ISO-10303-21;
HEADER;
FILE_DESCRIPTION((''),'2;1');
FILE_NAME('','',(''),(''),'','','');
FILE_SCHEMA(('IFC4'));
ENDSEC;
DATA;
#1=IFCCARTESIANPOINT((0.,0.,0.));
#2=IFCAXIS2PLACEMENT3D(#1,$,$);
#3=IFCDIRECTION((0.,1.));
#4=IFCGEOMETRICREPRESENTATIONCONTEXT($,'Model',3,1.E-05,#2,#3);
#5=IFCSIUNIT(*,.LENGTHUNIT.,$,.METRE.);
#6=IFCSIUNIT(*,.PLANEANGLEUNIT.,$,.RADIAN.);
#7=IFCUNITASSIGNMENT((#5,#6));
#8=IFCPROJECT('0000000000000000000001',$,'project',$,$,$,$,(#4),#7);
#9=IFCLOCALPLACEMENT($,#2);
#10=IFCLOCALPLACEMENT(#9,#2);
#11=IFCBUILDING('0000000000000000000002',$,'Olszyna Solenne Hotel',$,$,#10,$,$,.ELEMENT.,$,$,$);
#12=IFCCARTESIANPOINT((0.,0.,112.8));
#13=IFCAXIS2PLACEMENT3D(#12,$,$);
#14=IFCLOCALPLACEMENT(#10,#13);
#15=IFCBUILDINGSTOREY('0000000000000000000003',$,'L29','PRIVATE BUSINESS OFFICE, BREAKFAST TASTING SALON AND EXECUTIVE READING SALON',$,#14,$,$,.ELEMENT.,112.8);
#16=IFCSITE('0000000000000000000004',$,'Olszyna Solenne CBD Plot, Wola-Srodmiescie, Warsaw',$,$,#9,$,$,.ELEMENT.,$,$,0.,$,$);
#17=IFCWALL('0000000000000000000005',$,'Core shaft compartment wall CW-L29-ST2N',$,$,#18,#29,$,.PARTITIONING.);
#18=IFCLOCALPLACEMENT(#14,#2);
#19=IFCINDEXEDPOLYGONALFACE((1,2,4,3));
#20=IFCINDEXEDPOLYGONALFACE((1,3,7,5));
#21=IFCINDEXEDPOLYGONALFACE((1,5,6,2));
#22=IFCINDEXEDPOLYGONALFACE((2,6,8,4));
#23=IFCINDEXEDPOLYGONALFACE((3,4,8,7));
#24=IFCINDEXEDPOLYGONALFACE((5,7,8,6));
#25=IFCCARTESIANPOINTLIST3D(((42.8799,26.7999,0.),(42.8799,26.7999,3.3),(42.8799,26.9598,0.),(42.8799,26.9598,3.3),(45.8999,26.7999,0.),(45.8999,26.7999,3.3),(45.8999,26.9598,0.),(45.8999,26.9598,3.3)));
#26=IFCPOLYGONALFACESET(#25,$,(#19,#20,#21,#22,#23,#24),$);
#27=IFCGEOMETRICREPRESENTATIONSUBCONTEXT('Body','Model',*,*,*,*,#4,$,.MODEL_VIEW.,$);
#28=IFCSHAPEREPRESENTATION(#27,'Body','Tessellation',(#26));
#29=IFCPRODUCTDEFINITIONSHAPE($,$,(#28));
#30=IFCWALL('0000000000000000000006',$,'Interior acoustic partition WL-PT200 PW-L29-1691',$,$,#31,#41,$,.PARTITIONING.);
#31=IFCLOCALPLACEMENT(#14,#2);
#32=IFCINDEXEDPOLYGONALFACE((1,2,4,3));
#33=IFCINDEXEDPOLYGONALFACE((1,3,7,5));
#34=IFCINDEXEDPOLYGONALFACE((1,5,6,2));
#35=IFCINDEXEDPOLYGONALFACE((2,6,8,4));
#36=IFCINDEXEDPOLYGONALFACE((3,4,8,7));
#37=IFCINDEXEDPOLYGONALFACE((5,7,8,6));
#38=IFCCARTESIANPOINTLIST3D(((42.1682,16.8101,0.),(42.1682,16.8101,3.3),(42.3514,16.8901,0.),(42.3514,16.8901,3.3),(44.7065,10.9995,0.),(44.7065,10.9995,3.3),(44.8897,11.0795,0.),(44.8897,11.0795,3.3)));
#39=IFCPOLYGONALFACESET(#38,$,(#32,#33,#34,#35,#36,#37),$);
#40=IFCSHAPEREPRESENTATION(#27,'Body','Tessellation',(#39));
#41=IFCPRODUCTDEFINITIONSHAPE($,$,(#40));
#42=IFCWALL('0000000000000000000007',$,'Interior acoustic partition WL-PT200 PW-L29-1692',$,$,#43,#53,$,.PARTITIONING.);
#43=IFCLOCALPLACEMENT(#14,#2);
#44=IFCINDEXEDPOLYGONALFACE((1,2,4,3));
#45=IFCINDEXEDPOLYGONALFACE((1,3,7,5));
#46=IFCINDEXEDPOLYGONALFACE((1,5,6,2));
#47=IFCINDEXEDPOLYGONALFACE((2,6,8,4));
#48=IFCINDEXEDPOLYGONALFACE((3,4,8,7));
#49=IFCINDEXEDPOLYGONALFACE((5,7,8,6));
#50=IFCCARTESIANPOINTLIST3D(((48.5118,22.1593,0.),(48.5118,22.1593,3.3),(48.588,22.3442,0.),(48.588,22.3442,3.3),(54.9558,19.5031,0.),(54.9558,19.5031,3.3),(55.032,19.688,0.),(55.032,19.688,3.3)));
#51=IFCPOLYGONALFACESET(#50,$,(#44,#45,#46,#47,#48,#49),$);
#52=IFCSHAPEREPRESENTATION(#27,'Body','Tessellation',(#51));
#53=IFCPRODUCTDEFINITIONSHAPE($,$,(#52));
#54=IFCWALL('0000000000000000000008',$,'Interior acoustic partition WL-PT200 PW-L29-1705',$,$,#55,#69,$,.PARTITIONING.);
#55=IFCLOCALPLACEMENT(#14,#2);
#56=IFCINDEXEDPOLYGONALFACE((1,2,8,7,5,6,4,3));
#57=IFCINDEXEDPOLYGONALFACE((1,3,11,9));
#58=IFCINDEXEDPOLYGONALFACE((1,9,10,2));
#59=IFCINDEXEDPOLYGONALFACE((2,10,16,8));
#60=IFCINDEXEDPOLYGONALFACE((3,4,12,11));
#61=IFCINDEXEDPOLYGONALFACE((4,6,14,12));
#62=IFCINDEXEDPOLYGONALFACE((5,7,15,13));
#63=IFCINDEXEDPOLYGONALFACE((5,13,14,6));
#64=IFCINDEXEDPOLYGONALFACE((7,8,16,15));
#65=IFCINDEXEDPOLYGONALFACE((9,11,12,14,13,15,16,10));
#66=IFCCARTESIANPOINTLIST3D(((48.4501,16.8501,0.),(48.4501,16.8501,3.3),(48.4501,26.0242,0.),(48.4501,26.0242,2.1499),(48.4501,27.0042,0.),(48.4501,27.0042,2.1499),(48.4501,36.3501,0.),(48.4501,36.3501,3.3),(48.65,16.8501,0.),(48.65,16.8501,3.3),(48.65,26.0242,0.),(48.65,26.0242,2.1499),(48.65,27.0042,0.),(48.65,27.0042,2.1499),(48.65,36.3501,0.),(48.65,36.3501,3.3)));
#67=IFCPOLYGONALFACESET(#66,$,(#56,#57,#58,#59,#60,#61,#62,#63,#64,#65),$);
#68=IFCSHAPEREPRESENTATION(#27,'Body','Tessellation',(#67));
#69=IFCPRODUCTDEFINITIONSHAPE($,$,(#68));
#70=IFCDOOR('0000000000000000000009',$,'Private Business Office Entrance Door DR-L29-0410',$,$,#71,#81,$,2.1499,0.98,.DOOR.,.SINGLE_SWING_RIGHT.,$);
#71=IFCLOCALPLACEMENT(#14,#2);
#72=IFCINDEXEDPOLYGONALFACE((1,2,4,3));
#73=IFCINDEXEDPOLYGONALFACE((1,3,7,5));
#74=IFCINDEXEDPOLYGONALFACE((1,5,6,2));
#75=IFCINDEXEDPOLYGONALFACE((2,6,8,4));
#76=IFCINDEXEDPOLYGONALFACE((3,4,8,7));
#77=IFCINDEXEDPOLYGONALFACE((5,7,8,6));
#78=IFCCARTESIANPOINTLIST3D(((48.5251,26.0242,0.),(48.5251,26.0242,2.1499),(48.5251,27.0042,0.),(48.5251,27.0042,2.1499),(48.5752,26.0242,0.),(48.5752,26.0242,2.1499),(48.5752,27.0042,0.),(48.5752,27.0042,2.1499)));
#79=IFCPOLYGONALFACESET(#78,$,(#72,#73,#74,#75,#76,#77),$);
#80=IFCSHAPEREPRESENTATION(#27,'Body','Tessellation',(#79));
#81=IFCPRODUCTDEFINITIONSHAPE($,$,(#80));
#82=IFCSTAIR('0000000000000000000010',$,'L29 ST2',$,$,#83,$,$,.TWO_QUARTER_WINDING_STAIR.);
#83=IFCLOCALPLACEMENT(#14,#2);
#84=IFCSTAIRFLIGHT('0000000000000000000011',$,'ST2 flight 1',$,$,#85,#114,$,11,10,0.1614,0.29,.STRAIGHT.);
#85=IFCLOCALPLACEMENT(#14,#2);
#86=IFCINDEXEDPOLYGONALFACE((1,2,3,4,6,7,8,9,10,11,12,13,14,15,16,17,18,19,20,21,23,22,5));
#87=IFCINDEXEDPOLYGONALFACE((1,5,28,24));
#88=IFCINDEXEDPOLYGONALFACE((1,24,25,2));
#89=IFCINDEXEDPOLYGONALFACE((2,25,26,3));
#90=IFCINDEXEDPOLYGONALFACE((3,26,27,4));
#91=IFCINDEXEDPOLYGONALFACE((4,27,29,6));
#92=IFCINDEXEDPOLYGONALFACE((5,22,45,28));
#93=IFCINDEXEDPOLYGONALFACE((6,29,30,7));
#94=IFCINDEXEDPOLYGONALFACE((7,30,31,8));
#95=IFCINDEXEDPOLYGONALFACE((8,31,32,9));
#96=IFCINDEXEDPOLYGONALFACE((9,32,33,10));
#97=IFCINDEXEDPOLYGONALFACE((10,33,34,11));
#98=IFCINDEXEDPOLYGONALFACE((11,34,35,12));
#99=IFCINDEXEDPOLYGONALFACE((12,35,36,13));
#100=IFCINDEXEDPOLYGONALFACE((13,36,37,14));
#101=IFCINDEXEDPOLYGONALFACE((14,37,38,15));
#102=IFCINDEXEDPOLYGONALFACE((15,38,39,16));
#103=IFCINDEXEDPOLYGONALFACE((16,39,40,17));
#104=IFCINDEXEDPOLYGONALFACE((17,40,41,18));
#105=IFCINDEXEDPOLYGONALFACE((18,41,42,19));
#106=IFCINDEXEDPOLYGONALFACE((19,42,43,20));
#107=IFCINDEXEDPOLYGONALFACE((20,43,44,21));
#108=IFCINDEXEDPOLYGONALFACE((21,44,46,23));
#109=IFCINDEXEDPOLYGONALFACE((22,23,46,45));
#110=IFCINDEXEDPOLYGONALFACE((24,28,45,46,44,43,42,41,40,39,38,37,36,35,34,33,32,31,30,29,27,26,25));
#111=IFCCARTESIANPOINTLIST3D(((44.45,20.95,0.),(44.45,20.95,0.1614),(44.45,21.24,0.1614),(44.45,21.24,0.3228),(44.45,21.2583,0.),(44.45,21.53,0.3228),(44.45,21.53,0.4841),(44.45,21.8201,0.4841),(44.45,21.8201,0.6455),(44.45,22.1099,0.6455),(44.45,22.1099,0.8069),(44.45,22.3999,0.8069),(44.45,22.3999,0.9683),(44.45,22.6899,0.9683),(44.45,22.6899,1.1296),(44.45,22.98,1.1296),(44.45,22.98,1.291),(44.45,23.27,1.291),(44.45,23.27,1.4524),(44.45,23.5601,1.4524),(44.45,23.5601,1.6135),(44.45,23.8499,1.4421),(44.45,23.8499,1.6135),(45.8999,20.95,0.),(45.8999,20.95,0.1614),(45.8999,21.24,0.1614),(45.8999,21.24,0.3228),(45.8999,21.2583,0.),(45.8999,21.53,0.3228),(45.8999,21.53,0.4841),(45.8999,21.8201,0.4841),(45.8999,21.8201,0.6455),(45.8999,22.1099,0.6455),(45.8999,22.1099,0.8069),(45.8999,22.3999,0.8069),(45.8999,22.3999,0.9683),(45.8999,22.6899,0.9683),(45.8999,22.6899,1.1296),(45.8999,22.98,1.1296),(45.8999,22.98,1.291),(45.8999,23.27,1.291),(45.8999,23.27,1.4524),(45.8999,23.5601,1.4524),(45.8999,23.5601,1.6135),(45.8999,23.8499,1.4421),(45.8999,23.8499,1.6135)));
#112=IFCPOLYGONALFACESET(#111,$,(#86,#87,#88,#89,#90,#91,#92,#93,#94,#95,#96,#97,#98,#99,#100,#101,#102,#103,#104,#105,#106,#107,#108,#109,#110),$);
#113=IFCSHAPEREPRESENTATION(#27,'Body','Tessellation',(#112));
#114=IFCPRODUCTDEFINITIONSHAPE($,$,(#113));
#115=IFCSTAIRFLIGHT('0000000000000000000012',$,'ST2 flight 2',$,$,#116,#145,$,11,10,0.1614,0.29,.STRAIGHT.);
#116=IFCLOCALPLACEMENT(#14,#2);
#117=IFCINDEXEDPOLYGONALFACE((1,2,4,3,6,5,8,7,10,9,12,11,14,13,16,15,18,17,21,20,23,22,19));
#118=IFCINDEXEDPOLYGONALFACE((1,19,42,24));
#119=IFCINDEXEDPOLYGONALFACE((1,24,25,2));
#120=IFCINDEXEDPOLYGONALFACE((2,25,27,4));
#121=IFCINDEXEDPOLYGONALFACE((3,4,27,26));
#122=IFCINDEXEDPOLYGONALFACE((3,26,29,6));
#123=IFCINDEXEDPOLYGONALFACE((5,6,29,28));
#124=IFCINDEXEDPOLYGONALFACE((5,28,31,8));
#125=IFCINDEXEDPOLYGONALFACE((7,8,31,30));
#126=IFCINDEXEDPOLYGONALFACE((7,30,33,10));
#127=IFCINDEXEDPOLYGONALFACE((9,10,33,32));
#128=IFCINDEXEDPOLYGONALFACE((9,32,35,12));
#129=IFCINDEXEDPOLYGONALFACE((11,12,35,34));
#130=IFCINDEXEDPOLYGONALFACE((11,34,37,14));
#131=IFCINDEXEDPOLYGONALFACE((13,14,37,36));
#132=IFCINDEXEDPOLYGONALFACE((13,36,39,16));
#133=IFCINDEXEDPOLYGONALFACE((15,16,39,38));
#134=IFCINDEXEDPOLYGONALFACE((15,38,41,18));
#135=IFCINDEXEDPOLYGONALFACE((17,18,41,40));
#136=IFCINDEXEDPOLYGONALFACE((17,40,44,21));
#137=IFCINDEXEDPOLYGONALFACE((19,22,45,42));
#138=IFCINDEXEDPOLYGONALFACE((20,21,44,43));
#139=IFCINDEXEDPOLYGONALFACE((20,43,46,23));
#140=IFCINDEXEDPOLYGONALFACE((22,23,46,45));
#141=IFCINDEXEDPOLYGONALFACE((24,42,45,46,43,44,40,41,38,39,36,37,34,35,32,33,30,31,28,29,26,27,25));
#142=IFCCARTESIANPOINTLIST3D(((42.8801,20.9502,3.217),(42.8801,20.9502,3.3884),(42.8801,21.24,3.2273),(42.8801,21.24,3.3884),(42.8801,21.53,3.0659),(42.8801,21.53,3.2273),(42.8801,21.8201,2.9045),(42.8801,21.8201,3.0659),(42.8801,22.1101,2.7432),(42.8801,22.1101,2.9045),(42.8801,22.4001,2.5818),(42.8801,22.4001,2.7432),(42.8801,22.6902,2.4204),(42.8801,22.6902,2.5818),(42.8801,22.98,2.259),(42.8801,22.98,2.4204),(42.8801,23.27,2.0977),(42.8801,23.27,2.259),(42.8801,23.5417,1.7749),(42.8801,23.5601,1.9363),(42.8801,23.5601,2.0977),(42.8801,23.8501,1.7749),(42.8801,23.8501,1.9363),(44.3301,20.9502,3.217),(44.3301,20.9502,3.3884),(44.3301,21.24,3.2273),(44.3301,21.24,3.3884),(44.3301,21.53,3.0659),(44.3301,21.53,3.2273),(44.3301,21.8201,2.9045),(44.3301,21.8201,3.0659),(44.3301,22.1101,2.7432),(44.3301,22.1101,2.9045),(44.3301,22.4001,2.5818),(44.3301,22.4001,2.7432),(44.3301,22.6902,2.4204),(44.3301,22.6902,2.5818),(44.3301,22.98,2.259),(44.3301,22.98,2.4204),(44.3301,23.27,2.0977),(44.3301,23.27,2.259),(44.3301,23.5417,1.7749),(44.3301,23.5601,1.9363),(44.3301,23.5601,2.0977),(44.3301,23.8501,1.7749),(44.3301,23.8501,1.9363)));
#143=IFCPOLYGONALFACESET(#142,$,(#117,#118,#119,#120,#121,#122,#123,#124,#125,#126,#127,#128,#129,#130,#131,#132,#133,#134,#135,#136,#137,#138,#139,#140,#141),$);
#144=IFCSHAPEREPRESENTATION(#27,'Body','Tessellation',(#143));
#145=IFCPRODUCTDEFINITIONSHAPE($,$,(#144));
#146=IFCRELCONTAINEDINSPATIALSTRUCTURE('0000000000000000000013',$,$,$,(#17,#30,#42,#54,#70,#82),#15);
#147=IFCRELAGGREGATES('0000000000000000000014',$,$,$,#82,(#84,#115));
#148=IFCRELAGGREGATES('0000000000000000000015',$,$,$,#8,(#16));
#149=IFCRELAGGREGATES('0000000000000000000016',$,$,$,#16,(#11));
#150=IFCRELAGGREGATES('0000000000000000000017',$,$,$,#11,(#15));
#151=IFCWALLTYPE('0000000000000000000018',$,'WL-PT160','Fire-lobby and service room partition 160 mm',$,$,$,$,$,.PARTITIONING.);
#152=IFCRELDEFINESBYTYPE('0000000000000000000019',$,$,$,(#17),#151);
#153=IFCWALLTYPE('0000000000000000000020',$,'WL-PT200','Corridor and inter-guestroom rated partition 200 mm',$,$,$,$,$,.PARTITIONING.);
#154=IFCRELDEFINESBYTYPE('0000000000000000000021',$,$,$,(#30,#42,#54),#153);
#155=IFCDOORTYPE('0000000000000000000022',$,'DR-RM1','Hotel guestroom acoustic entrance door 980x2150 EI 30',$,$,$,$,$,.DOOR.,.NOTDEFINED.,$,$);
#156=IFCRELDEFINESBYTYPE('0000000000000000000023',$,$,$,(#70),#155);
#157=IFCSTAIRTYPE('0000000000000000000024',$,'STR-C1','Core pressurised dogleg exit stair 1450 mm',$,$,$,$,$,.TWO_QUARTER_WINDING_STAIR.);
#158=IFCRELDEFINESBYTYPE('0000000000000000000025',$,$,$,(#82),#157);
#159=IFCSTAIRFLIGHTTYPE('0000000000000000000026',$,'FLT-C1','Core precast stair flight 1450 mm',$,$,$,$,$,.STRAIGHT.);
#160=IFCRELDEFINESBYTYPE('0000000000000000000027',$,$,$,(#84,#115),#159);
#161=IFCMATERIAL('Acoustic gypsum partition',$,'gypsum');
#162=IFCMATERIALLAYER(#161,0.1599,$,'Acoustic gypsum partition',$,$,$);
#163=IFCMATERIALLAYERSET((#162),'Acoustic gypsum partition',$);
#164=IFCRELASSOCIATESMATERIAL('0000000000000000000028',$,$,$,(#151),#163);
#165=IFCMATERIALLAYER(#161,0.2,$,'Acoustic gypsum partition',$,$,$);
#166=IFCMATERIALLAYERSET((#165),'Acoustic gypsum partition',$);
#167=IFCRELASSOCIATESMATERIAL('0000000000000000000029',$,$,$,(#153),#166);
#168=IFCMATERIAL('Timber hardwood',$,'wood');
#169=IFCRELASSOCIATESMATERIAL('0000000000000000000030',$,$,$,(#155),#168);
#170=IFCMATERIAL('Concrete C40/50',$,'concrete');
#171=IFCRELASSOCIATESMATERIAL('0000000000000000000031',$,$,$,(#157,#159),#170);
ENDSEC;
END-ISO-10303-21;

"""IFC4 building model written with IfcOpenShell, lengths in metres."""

from ifc_helpers import new_model, si_unit, direction, frame, frame_2d, origin, place, context, subcontext, project, spatial, polyline, rectangle, outline, extrude, source, transform, mapped, material, layer, layer_set, type_object, type_shapes, element, fill, aggregate, save


model = new_model("IFC4")

# Units and contexts
model_context = context("Model", 3, precision=1e-05, world=origin(), true_north=direction((0.0, 1.0)))
body_context = subcontext(model_context, "Body", "Model", "MODEL_VIEW")
ifc_project = project(units=[si_unit("LENGTHUNIT", "METRE"), si_unit("PLANEANGLEUNIT", "RADIAN")], contexts=[model_context])

# Site, building, storey
site_placement = place(None, origin())
site = spatial("IfcSite", under=ifc_project, at=site_placement, Name="Olszyna Solenne CBD Plot, Wola-Srodmiescie, Warsaw", CompositionType="ELEMENT", RefElevation=0.0)
building_placement = place(site_placement, origin())
building = spatial("IfcBuilding", under=site, at=building_placement, Name="Olszyna Solenne Hotel", CompositionType="ELEMENT")
storey_placement = place(building_placement, frame((0.0, 0.0, 112.8)))
storey = spatial("IfcBuildingStorey", under=building, at=storey_placement, Name="L29", Description="PRIVATE BUSINESS OFFICE, BREAKFAST TASTING SALON AND EXECUTIVE READING SALON", CompositionType="ELEMENT", Elevation=112.8)

# Shared definitions
ifc_material_1 = material(Name="Acoustic gypsum partition", Category="gypsum")

# Shared definitions
ifc_layer_1 = layer(ifc_material_1, 0.1599, Name="Acoustic gypsum partition")
ifc_layer_set_1 = layer_set([ifc_layer_1], Name="Acoustic gypsum partition")
wall_type_1 = type_object("IfcWallType", Name="WL-PT160", Description="Fire-lobby and service room partition 160 mm", PredefinedType="PARTITIONING", material=ifc_layer_set_1)

# Walls
wall_1_placement = place(storey_placement, frame((42.8799, 26.8799, 0.0), z_axis=(0.0, 0.0, 1.0), x_axis=(1.0, 0.0, 0.0)))
element("IfcWall", 1, at=wall_1_placement, inside=storey, type_object=wall_type_1, Name="Core shaft compartment wall CW-L29-ST2N", PredefinedType="PARTITIONING", context=body_context, shape_type="SweptSolid", body=[
    extrude(rectangle(XDim=3.02, YDim=0.1599, at=frame_2d((1.51, 0.0))), origin(), (0.0, 0.0, 1.0), 3.3),
])
ifc_layer_2 = layer(ifc_material_1, 0.2, Name="Acoustic gypsum partition")
ifc_layer_set_2 = layer_set([ifc_layer_2], Name="Acoustic gypsum partition")
wall_type_2 = type_object("IfcWallType", Name="WL-PT200", Description="Corridor and inter-guestroom rated partition 200 mm", PredefinedType="PARTITIONING", material=ifc_layer_set_2)
wall_2_placement = place(storey_placement, frame((42.2598, 16.8501, 0.0), z_axis=(0.0, 0.0, 1.0), x_axis=(0.400318, -0.916376, 0.0)))
element("IfcWall", 2, at=wall_2_placement, inside=storey, type_object=wall_type_2, Name="Interior acoustic partition WL-PT200 PW-L29-1691", PredefinedType="PARTITIONING", context=body_context, shape_type="SweptSolid", body=[
    extrude(rectangle(XDim=6.3408, YDim=0.2, at=frame_2d((3.1704, 0.0))), origin(), (0.0, 0.0, 1.0), 3.3),
])
wall_3_placement = place(storey_placement, frame((48.55, 22.2517, 0.0), z_axis=(0.0, 0.0, 1.0), x_axis=(0.924537, -0.381093, 0.0)))
element("IfcWall", 3, at=wall_3_placement, inside=storey, type_object=wall_type_2, Name="Interior acoustic partition WL-PT200 PW-L29-1692", PredefinedType="PARTITIONING", context=body_context, shape_type="SweptSolid", body=[
    extrude(rectangle(XDim=6.97, YDim=0.2, at=frame_2d((3.4849, 0.0))), origin(), (0.0, 0.0, 1.0), 3.3),
])

# Wall, opening, door
wall_4_placement = place(storey_placement, frame((48.55, 16.8501, 0.0), z_axis=(0.0, 0.0, 1.0), x_axis=(0.0, 1.0, 0.0)))
wall_4 = element("IfcWall", 4, at=wall_4_placement, inside=storey, type_object=wall_type_2, Name="Interior acoustic partition WL-PT200 PW-L29-1705", PredefinedType="PARTITIONING", context=body_context, shape_type="SweptSolid", body=[
    extrude(rectangle(XDim=19.5, YDim=0.2, at=frame_2d((9.75, 0.0))), origin(), (0.0, 0.0, 1.0), 3.3),
])
opening_1_placement = place(wall_4_placement, frame((9.1741, 0.0, 0.0)))
opening_1 = element("IfcOpeningElement", 5, at=opening_1_placement, cuts=wall_4, PredefinedType="OPENING", context=body_context, shape_type="SweptSolid", body=[
    extrude(rectangle(XDim=0.98, YDim=2.1499, at=frame_2d((0.49, 1.075))), frame((0.0, 0.1099, 0.0), z_axis=(0.0, -1.0, 0.0), x_axis=(1.0, 0.0, 0.0)), (0.0, 0.0, 1.0), 0.22),
])
ifc_material_2 = material(Name="Timber hardwood", Category="wood")
door_type_1 = type_object("IfcDoorType", Name="DR-RM1", Description="Hotel guestroom acoustic entrance door 980x2150 EI 30", OperationType="NOTDEFINED", PredefinedType="DOOR", material=ifc_material_2)
shared_shape_1 = source(origin(), body_context, "Body", "SweptSolid", [
    extrude(rectangle(XDim=0.98, YDim=2.1499, at=frame_2d((0.49, 1.075))), frame((0.0, 0.0249, 0.0), z_axis=(0.0, -1.0, 0.0), x_axis=(1.0, 0.0, 0.0)), (0.0, 0.0, 1.0), 0.05),
])
type_shapes(door_type_1, [shared_shape_1])
door_1_placement = place(opening_1_placement, origin())
door_1 = element("IfcDoor", 6, at=door_1_placement, inside=storey, type_object=door_type_1, Name="Private Business Office Entrance Door DR-L29-0410", OperationType="SINGLE_SWING_RIGHT", OverallHeight=2.1499, OverallWidth=0.98, PredefinedType="DOOR", context=body_context, shape_type="MappedRepresentation", body=[
    mapped(shared_shape_1, transform((0.0, 0.0, 0.0), x_axis=(1.0, 0.0, 0.0), y_axis=(0.0, 1.0, 0.0), z_axis=(0.0, 0.0, 1.0), scale=1.0)),
])
fill(opening_1, door_1)

# Stair, stair flights
ifc_material_3 = material(Name="Concrete C40/50", Category="concrete")
stair_type = type_object("IfcStairType", Name="STR-C1", Description="Core pressurised dogleg exit stair 1450 mm", PredefinedType="TWO_QUARTER_WINDING_STAIR", material=ifc_material_3)
stair_placement = place(storey_placement, origin())
stair = element("IfcStair", 7, at=stair_placement, inside=storey, type_object=stair_type, Name="L29 ST2", PredefinedType="TWO_QUARTER_WINDING_STAIR")
stair_flight_type = type_object("IfcStairFlightType", Name="FLT-C1", Description="Core precast stair flight 1450 mm", PredefinedType="STRAIGHT", material=ifc_material_3)
stair_flight_1_placement = place(storey_placement, frame((45.175, 20.95, 0.0), z_axis=(0.0, 0.0, 1.0), x_axis=(0.0, 1.0, 0.0)))
stair_flight_1 = element("IfcStairFlight", 8, at=stair_flight_1_placement, type_object=stair_flight_type, Name="ST2 flight 1", NumberOfRisers=11, NumberOfTreads=10, PredefinedType="STRAIGHT", RiserHeight=0.1614, TreadLength=0.29, context=body_context, shape_type="SweptSolid", body=[
    extrude(outline(polyline([(0.0, 0.0), (0.0, 0.1614), (0.29, 0.1614), (0.29, 0.3228), (0.5801, 0.3228), (0.5801, 0.4841), (0.8701, 0.4841), (0.8701, 0.6455), (1.1599, 0.6455), (1.1599, 0.8069), (1.45, 0.8069), (1.45, 0.9683), (1.74, 0.9683), (1.74, 1.1296), (2.03, 1.1296), (2.03, 1.291), (2.3201, 1.291), (2.3201, 1.4524), (2.6101, 1.4524), (2.6101, 1.6135), (2.8999, 1.6135), (2.8999, 1.7749), (2.8999, 1.4421), (0.3083, 0.0), (0.0, 0.0)])), frame((0.0, 0.7251, 0.0), z_axis=(0.0, -1.0, 0.0), x_axis=(1.0, 0.0, 0.0)), (0.0, 0.0, 1.0), 1.45),
])
stair_flight_2_placement = place(storey_placement, frame((43.605, 23.8501, 1.7749), z_axis=(0.0, 0.0, 1.0), x_axis=(0.0, -1.0, 0.0)))
stair_flight_2 = element("IfcStairFlight", 9, at=stair_flight_2_placement, type_object=stair_flight_type, Name="ST2 flight 2", NumberOfRisers=11, NumberOfTreads=10, PredefinedType="STRAIGHT", RiserHeight=0.1614, TreadLength=0.29, context=body_context, shape_type="SweptSolid", body=[
    extrude(outline(polyline([(0.0, 0.0), (0.0, 0.1614), (0.29, 0.1614), (0.29, 0.3228), (0.5801, 0.3228), (0.5801, 0.4841), (0.8701, 0.4841), (0.8701, 0.6455), (1.1599, 0.6455), (1.1599, 0.8069), (1.45, 0.8069), (1.45, 0.9683), (1.74, 0.9683), (1.74, 1.1296), (2.03, 1.1296), (2.03, 1.291), (2.3201, 1.291), (2.3201, 1.4524), (2.6101, 1.4524), (2.6101, 1.6135), (2.8999, 1.6135), (2.8999, 1.7749), (2.8999, 1.4421), (0.3083, 0.0), (0.0, 0.0)])), frame((0.0, 0.7251, 0.0), z_axis=(0.0, -1.0, 0.0), x_axis=(1.0, 0.0, 0.0)), (0.0, 0.0, 1.0), 1.45),
])
aggregate(stair, [stair_flight_1, stair_flight_2])

save(model, "model.ifc")
